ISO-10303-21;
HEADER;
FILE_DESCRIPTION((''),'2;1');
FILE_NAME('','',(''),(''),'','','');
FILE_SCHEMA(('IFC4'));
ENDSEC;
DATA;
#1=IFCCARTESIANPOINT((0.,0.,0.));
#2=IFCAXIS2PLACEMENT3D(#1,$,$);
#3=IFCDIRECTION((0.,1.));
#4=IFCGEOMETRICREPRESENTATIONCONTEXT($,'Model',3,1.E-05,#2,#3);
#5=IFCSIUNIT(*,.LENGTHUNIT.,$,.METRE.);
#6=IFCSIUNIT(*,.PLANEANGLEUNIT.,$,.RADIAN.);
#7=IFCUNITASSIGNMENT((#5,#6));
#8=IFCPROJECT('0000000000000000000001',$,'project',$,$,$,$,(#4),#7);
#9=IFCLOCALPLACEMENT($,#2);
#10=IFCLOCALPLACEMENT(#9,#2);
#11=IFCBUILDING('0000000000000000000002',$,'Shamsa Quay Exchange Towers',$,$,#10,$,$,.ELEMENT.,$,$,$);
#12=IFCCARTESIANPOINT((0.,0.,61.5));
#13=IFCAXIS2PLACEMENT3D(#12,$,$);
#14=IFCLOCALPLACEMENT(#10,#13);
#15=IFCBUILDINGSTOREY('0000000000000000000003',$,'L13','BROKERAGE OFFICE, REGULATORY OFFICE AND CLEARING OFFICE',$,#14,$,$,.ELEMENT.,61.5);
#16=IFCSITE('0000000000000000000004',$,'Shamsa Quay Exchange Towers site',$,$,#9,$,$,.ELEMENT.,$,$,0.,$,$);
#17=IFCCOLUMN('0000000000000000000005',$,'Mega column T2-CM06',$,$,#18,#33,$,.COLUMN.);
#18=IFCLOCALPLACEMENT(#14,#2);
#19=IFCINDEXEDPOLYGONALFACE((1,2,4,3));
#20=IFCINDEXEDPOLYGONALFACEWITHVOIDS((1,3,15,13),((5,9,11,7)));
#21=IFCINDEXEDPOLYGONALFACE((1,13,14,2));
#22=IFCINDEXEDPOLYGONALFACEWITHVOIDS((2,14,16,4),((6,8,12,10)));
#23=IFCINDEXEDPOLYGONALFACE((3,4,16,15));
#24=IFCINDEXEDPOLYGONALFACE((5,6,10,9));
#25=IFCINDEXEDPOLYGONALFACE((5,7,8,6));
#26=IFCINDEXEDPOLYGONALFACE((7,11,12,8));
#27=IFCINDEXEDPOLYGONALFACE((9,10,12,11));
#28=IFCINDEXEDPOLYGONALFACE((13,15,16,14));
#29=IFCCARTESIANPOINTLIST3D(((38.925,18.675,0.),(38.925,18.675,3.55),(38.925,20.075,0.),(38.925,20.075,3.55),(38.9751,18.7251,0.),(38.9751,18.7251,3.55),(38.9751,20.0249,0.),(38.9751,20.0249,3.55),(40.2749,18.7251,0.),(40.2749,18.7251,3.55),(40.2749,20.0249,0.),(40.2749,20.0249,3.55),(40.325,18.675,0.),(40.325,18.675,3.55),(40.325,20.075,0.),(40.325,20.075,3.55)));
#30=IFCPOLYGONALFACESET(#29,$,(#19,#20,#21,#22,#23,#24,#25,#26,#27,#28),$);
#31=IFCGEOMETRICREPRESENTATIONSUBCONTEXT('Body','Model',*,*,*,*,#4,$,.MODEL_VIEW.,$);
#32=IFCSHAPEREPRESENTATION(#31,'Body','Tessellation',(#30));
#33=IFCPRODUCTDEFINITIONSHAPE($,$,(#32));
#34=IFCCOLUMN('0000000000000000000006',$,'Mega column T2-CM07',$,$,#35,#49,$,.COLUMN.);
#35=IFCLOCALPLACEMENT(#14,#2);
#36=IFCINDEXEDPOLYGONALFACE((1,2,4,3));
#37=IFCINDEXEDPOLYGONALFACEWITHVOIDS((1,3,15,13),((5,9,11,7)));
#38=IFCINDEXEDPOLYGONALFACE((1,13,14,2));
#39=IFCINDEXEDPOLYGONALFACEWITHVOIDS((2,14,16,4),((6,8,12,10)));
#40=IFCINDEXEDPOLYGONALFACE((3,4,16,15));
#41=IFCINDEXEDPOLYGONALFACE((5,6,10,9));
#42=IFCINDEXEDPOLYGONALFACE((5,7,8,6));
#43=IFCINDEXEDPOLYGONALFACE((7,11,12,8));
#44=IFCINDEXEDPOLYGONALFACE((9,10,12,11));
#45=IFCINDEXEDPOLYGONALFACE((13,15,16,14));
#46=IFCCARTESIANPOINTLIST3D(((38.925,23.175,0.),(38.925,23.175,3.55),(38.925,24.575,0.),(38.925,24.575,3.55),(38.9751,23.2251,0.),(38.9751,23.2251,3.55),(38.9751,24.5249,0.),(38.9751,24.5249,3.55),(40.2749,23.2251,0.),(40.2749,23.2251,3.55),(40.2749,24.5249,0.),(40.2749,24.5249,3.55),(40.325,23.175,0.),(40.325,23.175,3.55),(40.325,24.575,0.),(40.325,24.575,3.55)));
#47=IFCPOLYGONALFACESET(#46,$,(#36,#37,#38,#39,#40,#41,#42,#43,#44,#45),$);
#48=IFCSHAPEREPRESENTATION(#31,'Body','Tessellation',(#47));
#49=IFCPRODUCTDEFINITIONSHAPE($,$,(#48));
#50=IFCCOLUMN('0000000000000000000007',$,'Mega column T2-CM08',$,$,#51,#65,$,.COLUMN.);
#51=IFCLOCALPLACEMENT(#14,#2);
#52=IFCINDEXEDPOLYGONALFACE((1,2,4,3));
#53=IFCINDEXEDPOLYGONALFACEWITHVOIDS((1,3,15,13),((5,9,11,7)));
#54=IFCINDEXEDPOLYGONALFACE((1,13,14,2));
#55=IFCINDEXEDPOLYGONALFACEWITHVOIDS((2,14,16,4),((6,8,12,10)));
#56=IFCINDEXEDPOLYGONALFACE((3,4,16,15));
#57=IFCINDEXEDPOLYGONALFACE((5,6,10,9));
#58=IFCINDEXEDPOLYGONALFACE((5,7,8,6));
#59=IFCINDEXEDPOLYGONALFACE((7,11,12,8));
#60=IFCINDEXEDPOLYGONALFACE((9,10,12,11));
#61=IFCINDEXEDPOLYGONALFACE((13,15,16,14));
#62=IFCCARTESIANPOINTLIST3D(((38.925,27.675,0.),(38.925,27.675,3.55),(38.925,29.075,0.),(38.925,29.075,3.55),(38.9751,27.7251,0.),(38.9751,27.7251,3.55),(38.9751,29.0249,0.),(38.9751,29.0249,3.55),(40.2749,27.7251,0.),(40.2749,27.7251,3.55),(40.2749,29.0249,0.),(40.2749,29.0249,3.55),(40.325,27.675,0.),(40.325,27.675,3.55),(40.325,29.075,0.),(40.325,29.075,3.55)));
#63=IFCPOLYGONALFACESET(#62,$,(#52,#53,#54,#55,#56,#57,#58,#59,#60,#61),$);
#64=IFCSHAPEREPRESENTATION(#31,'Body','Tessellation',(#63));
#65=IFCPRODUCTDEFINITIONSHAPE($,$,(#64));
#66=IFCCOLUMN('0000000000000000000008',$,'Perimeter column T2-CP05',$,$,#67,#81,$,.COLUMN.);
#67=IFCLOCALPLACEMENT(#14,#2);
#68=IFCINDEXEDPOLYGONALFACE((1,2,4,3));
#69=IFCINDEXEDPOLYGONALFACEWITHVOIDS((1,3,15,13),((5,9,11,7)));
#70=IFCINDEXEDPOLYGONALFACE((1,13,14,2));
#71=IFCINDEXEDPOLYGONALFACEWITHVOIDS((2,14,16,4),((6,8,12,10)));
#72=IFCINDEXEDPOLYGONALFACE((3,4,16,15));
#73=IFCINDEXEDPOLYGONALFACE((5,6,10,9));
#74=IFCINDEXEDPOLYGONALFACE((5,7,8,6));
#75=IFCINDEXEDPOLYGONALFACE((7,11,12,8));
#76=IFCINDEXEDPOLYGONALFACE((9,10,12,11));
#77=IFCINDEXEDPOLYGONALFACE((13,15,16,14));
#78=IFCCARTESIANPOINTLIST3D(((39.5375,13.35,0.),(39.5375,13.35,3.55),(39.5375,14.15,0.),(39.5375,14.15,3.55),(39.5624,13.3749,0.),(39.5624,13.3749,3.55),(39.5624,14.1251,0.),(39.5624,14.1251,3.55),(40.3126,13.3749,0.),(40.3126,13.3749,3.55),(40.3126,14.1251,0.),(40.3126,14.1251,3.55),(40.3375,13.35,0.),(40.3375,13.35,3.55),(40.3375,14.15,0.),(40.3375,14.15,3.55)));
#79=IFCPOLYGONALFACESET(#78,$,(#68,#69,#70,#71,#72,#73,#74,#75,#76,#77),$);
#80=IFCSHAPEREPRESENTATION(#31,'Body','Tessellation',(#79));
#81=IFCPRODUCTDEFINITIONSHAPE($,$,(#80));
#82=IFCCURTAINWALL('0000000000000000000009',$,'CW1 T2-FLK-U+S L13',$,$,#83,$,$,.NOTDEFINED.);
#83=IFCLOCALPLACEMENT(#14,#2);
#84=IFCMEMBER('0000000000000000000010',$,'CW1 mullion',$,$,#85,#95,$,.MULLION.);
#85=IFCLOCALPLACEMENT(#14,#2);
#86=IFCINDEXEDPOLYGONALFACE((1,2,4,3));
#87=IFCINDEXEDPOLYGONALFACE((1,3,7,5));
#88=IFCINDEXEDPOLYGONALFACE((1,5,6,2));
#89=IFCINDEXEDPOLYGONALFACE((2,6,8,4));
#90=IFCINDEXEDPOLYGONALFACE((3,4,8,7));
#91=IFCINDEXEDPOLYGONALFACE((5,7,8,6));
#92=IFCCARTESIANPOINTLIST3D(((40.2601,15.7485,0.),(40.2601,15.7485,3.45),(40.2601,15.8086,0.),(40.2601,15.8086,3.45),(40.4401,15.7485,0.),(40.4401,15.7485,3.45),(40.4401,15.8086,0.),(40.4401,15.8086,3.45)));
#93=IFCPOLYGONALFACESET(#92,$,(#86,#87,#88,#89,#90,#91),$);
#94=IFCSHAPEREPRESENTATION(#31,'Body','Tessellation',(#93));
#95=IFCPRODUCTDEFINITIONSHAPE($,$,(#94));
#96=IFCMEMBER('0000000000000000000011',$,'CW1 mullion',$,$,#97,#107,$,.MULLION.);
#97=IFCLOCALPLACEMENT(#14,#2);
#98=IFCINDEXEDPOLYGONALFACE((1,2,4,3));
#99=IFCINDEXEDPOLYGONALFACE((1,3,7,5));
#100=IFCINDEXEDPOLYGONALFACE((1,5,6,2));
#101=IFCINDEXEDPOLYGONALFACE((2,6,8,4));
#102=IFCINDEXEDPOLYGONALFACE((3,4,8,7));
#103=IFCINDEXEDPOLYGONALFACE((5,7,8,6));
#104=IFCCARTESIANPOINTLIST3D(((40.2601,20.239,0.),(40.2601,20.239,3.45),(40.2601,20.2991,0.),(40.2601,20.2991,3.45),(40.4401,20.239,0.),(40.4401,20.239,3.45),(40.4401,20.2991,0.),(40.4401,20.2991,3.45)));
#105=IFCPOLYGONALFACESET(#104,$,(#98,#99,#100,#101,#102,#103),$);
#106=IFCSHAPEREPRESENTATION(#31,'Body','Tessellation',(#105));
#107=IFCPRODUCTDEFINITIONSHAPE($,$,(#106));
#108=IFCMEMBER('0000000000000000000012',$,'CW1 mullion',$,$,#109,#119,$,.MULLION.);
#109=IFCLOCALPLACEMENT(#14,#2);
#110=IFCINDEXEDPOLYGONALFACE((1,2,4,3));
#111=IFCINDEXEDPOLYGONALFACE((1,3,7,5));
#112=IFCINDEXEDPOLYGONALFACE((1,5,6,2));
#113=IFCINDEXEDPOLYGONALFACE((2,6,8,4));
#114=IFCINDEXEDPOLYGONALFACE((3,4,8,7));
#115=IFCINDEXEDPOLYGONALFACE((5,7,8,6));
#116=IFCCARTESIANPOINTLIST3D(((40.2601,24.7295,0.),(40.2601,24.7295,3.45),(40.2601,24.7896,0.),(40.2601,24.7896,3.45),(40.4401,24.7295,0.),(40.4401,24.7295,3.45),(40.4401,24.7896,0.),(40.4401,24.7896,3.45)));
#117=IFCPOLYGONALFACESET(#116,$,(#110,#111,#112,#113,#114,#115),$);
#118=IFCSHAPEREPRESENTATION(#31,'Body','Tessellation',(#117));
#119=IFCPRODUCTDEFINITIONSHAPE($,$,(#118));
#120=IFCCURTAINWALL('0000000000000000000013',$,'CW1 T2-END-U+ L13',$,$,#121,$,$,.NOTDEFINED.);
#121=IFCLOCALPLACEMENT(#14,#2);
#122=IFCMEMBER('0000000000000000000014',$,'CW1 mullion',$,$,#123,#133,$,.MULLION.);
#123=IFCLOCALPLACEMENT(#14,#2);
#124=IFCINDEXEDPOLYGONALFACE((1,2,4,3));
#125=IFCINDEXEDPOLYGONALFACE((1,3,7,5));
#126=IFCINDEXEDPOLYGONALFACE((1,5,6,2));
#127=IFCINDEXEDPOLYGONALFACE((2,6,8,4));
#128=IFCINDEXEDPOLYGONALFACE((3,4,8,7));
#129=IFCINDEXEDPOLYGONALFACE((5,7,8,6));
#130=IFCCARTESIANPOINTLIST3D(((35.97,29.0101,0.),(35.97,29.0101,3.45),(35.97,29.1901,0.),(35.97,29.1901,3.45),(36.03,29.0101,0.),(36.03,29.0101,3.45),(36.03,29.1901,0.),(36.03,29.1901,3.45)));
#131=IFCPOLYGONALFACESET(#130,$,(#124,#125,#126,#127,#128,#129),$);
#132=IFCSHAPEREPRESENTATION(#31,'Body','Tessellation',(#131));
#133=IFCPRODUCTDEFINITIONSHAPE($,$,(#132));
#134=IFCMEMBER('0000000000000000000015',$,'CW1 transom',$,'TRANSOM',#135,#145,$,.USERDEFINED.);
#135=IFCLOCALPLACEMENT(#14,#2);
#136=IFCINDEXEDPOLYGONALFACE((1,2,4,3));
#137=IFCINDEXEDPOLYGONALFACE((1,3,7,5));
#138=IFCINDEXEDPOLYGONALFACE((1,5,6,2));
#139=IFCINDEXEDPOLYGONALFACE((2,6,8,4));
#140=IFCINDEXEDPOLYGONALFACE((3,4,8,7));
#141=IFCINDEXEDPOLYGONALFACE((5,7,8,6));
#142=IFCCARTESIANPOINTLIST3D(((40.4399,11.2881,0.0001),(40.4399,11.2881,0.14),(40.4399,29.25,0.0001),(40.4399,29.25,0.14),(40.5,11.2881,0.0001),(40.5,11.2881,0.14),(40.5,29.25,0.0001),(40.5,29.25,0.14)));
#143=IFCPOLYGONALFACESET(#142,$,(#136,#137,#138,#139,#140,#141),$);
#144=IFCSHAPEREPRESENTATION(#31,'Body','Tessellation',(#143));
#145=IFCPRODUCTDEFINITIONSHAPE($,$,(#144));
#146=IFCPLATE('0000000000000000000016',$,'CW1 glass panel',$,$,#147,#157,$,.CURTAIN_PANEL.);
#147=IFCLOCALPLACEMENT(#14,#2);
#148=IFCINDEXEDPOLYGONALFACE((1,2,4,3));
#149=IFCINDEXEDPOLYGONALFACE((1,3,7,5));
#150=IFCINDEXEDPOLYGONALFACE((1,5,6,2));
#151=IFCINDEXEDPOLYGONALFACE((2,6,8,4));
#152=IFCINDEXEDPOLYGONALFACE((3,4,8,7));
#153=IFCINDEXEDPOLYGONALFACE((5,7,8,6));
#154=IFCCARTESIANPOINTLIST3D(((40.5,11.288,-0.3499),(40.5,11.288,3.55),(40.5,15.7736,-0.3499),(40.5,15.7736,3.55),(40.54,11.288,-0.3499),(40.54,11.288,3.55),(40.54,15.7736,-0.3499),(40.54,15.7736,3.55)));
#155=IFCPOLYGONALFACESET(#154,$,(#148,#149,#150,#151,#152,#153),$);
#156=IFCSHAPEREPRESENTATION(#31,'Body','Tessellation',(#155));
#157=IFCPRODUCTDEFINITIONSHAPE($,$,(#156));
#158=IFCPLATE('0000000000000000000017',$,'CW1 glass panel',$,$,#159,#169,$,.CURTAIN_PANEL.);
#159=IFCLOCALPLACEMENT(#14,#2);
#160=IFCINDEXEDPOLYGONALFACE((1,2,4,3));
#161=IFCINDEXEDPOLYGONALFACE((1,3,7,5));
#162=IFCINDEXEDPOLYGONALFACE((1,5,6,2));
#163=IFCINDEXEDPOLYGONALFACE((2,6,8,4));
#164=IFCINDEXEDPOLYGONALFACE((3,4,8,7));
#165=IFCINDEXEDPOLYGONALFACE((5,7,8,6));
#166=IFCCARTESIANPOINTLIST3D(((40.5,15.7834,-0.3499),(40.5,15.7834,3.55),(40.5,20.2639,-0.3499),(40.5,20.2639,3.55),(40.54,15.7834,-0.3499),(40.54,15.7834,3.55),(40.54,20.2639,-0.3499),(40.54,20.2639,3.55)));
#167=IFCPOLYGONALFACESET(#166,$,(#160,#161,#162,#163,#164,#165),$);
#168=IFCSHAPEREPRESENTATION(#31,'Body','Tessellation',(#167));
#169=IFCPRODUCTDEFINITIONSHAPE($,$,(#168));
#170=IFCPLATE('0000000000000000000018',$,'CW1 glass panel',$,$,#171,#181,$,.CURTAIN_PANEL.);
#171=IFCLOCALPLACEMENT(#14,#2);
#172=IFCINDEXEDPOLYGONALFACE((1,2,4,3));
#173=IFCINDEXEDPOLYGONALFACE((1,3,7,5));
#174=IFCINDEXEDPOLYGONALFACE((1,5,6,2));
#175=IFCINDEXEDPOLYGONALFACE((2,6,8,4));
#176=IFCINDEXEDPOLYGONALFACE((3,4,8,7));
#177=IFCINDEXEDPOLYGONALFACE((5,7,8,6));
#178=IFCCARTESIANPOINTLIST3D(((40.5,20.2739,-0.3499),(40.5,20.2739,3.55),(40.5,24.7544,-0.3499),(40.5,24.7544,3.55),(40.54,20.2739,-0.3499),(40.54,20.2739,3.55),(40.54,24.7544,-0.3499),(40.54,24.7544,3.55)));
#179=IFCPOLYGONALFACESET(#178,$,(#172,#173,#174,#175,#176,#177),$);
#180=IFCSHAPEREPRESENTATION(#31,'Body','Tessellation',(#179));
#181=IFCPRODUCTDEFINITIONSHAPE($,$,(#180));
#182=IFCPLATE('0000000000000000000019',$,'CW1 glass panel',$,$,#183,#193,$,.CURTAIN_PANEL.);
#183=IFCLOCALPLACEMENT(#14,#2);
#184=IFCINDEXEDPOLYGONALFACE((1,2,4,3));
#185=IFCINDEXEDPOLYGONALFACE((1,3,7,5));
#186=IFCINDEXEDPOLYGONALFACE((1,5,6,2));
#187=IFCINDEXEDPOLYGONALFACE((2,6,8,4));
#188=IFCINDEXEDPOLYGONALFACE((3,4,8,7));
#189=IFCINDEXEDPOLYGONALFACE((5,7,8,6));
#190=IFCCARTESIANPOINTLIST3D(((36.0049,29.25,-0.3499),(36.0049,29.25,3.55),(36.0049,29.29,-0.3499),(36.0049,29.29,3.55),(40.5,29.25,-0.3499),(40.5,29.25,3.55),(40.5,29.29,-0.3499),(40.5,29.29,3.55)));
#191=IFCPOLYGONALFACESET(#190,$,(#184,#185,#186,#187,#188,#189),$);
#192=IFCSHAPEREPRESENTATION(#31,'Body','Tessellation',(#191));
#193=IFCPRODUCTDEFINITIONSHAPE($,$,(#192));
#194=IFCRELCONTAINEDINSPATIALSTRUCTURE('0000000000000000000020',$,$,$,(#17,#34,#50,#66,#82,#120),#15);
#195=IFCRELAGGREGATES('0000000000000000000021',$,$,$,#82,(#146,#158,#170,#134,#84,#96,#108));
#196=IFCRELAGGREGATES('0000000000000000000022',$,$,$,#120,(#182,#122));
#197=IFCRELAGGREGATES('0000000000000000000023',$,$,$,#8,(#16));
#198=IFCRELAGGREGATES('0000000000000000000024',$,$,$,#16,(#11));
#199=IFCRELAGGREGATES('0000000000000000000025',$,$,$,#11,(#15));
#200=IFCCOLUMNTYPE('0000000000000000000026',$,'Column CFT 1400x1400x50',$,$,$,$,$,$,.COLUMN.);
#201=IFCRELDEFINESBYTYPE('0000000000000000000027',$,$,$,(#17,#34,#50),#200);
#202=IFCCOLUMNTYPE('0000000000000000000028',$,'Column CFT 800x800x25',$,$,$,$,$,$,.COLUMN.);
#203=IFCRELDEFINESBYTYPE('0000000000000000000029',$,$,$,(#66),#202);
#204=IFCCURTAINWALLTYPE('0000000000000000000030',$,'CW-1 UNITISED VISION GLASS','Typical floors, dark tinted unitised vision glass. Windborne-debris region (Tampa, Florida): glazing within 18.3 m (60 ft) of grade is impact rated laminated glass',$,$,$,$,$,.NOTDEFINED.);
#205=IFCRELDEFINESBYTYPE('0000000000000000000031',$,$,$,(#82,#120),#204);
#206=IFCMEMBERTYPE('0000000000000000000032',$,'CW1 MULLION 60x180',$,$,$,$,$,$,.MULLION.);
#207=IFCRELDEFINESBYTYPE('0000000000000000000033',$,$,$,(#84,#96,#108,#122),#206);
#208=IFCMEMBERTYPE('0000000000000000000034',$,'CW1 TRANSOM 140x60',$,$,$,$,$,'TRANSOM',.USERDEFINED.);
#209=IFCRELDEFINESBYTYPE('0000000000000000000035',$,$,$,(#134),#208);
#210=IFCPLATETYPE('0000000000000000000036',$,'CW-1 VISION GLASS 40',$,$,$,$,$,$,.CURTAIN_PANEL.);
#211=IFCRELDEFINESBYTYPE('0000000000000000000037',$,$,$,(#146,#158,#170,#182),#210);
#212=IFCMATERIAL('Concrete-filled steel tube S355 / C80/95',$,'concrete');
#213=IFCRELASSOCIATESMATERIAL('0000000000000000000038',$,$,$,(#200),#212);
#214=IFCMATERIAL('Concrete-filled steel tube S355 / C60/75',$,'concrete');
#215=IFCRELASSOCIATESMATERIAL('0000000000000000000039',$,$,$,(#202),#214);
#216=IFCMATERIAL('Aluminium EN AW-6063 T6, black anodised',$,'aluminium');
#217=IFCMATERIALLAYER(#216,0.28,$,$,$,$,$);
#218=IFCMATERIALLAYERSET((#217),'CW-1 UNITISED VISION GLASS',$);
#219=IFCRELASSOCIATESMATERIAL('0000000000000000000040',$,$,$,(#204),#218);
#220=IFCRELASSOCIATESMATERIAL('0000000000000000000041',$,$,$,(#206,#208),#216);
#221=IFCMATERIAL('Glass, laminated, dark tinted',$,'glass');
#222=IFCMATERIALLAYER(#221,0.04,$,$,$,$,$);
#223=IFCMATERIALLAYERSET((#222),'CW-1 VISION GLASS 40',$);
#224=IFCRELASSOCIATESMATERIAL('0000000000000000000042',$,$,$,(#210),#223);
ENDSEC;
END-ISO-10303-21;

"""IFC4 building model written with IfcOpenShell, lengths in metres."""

from ifc_helpers import new_model, si_unit, direction, frame, origin, origin_2d, place, context, subcontext, project, spatial, rectangle, hollow_rectangle, extrude, material, layer, layer_set, material_profile, profile_set, type_object, element, aggregate, save


model = new_model("IFC4")

# Units and contexts
model_context = context("Model", 3, precision=1e-05, world=origin(), true_north=direction((0.0, 1.0)))
body_context = subcontext(model_context, "Body", "Model", "MODEL_VIEW")
ifc_project = project(units=[si_unit("LENGTHUNIT", "METRE"), si_unit("PLANEANGLEUNIT", "RADIAN")], contexts=[model_context])

# Site, building, storey
site_placement = place(None, origin())
site = spatial("IfcSite", under=ifc_project, at=site_placement, Name="Shamsa Quay Exchange Towers site", CompositionType="ELEMENT", RefElevation=0.0)
building_placement = place(site_placement, origin())
building = spatial("IfcBuilding", under=site, at=building_placement, Name="Shamsa Quay Exchange Towers", CompositionType="ELEMENT")
storey_placement = place(building_placement, frame((0.0, 0.0, 61.5)))
storey = spatial("IfcBuildingStorey", under=building, at=storey_placement, Name="L13", Description="BROKERAGE OFFICE, REGULATORY OFFICE AND CLEARING OFFICE", CompositionType="ELEMENT", Elevation=61.5)

# Columns
ifc_material_1 = material(Name="Concrete-filled steel tube S355 / C80/95", Category="concrete")
ifc_material_profile_1 = material_profile(ifc_material_1, hollow_rectangle(XDim=1.3999, YDim=1.3999, WallThickness=0.05, at=origin_2d()), Name="CFT 1400x1400x50")
ifc_profile_set_1 = profile_set([ifc_material_profile_1], Name="Concrete-filled steel tube S355 / C80/95")
column_type_1 = type_object("IfcColumnType", Name="Column CFT 1400x1400x50", PredefinedType="COLUMN", material=ifc_profile_set_1)
for number, where, name in (
    (1, (39.625, 19.375, 0.0), "Mega column T2-CM06"),
    (2, (39.625, 23.875, 0.0), "Mega column T2-CM07"),
    (3, (39.625, 28.375, 0.0), "Mega column T2-CM08"),
):
    element("IfcColumn", number, at=place(storey_placement, frame(where)), inside=storey, type_object=column_type_1, Name=name, PredefinedType="COLUMN", context=body_context, shape_type="SweptSolid", body=[
        extrude(hollow_rectangle(XDim=1.3999, YDim=1.3999, WallThickness=0.05, at=origin_2d()), origin(), (0.0, 0.0, 1.0), 3.55),
    ])
ifc_material_2 = material(Name="Concrete-filled steel tube S355 / C60/75", Category="concrete")
ifc_material_profile_2 = material_profile(ifc_material_2, hollow_rectangle(XDim=0.8, YDim=0.8, WallThickness=0.0249, at=origin_2d()), Name="CFT 800x800x25")
ifc_profile_set_2 = profile_set([ifc_material_profile_2], Name="Concrete-filled steel tube S355 / C60/75")
column_type_2 = type_object("IfcColumnType", Name="Column CFT 800x800x25", PredefinedType="COLUMN", material=ifc_profile_set_2)
column_placement = place(storey_placement, frame((39.9375, 13.75, 0.0)))
element("IfcColumn", 4, at=column_placement, inside=storey, type_object=column_type_2, Name="Perimeter column T2-CP05", PredefinedType="COLUMN", context=body_context, shape_type="SweptSolid", body=[
    extrude(hollow_rectangle(XDim=0.8, YDim=0.8, WallThickness=0.0249, at=origin_2d()), origin(), (0.0, 0.0, 1.0), 3.55),
])

# Curtain wall, members
ifc_material_3 = material(Name="Aluminium EN AW-6063 T6, black anodised", Category="aluminium")
ifc_layer_1 = layer(ifc_material_3, 0.28)
ifc_layer_set_1 = layer_set([ifc_layer_1], Name="CW-1 UNITISED VISION GLASS")
curtain_wall_type = type_object("IfcCurtainWallType", Name="CW-1 UNITISED VISION GLASS", Description="Typical floors, dark tinted unitised vision glass. Windborne-debris region (Tampa, Florida): glazing within 18.3 m (60 ft) of grade is impact rated laminated glass", PredefinedType="NOTDEFINED", material=ifc_layer_set_1)
curtain_wall_1_placement = place(storey_placement, origin())
curtain_wall_1 = element("IfcCurtainWall", 5, at=curtain_wall_1_placement, inside=storey, type_object=curtain_wall_type, Name="CW1 T2-FLK-U+S L13", PredefinedType="NOTDEFINED")
ifc_material_profile_3 = material_profile(ifc_material_3, rectangle(XDim=0.1799, YDim=0.0601, at=origin_2d()), Name="MU60x180")
ifc_profile_set_3 = profile_set([ifc_material_profile_3], Name="Aluminium EN AW-6063 T6, black anodised")
member_type_1 = type_object("IfcMemberType", Name="CW1 MULLION 60x180", PredefinedType="MULLION", material=ifc_profile_set_3)
member_1_placement = place(storey_placement, frame((40.3501, 15.7786, 0.0), z_axis=(0.0, 0.0, 1.0), x_axis=(-1.0, 0.0, 0.0)))
member_1 = element("IfcMember", 6, at=member_1_placement, type_object=member_type_1, Name="CW1 mullion", PredefinedType="MULLION", context=body_context, shape_type="SweptSolid", body=[
    extrude(rectangle(XDim=0.1799, YDim=0.0601, at=origin_2d()), origin(), (0.0, 0.0, 1.0), 3.45),
])
member_2_placement = place(storey_placement, frame((40.3501, 20.269, 0.0), z_axis=(0.0, 0.0, 1.0), x_axis=(-1.0, 0.0, 0.0)))
member_2 = element("IfcMember", 7, at=member_2_placement, type_object=member_type_1, Name="CW1 mullion", PredefinedType="MULLION", context=body_context, shape_type="SweptSolid", body=[
    extrude(rectangle(XDim=0.1799, YDim=0.0601, at=origin_2d()), origin(), (0.0, 0.0, 1.0), 3.45),
])
member_3_placement = place(storey_placement, frame((40.3501, 24.7595, 0.0), z_axis=(0.0, 0.0, 1.0), x_axis=(-1.0, 0.0, 0.0)))
member_3 = element("IfcMember", 8, at=member_3_placement, type_object=member_type_1, Name="CW1 mullion", PredefinedType="MULLION", context=body_context, shape_type="SweptSolid", body=[
    extrude(rectangle(XDim=0.1799, YDim=0.0601, at=origin_2d()), origin(), (0.0, 0.0, 1.0), 3.45),
])

# Curtain wall, member
curtain_wall_2_placement = place(storey_placement, origin())
curtain_wall_2 = element("IfcCurtainWall", 9, at=curtain_wall_2_placement, inside=storey, type_object=curtain_wall_type, Name="CW1 T2-END-U+ L13", PredefinedType="NOTDEFINED")
member_4_placement = place(storey_placement, frame((36.0, 29.1001, 0.0), z_axis=(0.0, 0.0, 1.0), x_axis=(0.0, -1.0, 0.0)))
member_4 = element("IfcMember", 10, at=member_4_placement, type_object=member_type_1, Name="CW1 mullion", PredefinedType="MULLION", context=body_context, shape_type="SweptSolid", body=[
    extrude(rectangle(XDim=0.1799, YDim=0.0601, at=origin_2d()), origin(), (0.0, 0.0, 1.0), 3.45),
])

# Member
ifc_material_profile_4 = material_profile(ifc_material_3, rectangle(XDim=0.0601, YDim=0.1399, at=origin_2d()), Name="TR140x60")
ifc_profile_set_4 = profile_set([ifc_material_profile_4], Name="Aluminium EN AW-6063 T6, black anodised")
member_type_2 = type_object("IfcMemberType", Name="CW1 TRANSOM 140x60", ElementType="TRANSOM", PredefinedType="USERDEFINED", material=ifc_profile_set_4)
member_5_placement = place(storey_placement, frame((40.47, 11.2881, 0.0701), z_axis=(0.0, 1.0, 0.0), x_axis=(-1.0, 0.0, 0.0)))
member_5 = element("IfcMember", 11, at=member_5_placement, type_object=member_type_2, Name="CW1 transom", ObjectType="TRANSOM", PredefinedType="USERDEFINED", context=body_context, shape_type="SweptSolid", body=[
    extrude(rectangle(XDim=0.0601, YDim=0.1399, at=origin_2d()), origin(), (0.0, 0.0, 1.0), 17.9619),
])

# Plates
ifc_material_4 = material(Name="Glass, laminated, dark tinted", Category="glass")
ifc_layer_2 = layer(ifc_material_4, 0.04)
ifc_layer_set_2 = layer_set([ifc_layer_2], Name="CW-1 VISION GLASS 40")
plate_type = type_object("IfcPlateType", Name="CW-1 VISION GLASS 40", PredefinedType="CURTAIN_PANEL", material=ifc_layer_set_2)
plate_1_placement = place(storey_placement, frame((40.52, 13.5308, -0.3499), z_axis=(0.0, 0.0, 1.0), x_axis=(0.0, 1.0, 0.0)))
plate_1 = element("IfcPlate", 12, at=plate_1_placement, type_object=plate_type, Name="CW1 glass panel", PredefinedType="CURTAIN_PANEL", context=body_context, shape_type="SweptSolid", body=[
    extrude(rectangle(XDim=4.4856, YDim=0.04, at=origin_2d()), origin(), (0.0, 0.0, 1.0), 3.8999),
])
plate_2_placement = place(storey_placement, frame((40.52, 18.0237, -0.3499), z_axis=(0.0, 0.0, 1.0), x_axis=(0.0, 1.0, 0.0)))
plate_2 = element("IfcPlate", 13, at=plate_2_placement, type_object=plate_type, Name="CW1 glass panel", PredefinedType="CURTAIN_PANEL", context=body_context, shape_type="SweptSolid", body=[
    extrude(rectangle(XDim=4.4805, YDim=0.04, at=origin_2d()), origin(), (0.0, 0.0, 1.0), 3.8999),
])
plate_3_placement = place(storey_placement, frame((40.52, 22.5142, -0.3499), z_axis=(0.0, 0.0, 1.0), x_axis=(0.0, 1.0, 0.0)))
plate_3 = element("IfcPlate", 14, at=plate_3_placement, type_object=plate_type, Name="CW1 glass panel", PredefinedType="CURTAIN_PANEL", context=body_context, shape_type="SweptSolid", body=[
    extrude(rectangle(XDim=4.4805, YDim=0.04, at=origin_2d()), origin(), (0.0, 0.0, 1.0), 3.8999),
])
aggregate(curtain_wall_1, [plate_1, plate_2, plate_3, member_5, member_1, member_2, member_3])
plate_4_placement = place(storey_placement, frame((38.2524, 29.27, -0.3499), z_axis=(0.0, 0.0, 1.0), x_axis=(-1.0, 0.0, 0.0)))
plate_4 = element("IfcPlate", 15, at=plate_4_placement, type_object=plate_type, Name="CW1 glass panel", PredefinedType="CURTAIN_PANEL", context=body_context, shape_type="SweptSolid", body=[
    extrude(rectangle(XDim=4.4951, YDim=0.04, at=origin_2d()), origin(), (0.0, 0.0, 1.0), 3.8999),
])
aggregate(curtain_wall_2, [plate_4, member_4])

save(model, "model.ifc")
